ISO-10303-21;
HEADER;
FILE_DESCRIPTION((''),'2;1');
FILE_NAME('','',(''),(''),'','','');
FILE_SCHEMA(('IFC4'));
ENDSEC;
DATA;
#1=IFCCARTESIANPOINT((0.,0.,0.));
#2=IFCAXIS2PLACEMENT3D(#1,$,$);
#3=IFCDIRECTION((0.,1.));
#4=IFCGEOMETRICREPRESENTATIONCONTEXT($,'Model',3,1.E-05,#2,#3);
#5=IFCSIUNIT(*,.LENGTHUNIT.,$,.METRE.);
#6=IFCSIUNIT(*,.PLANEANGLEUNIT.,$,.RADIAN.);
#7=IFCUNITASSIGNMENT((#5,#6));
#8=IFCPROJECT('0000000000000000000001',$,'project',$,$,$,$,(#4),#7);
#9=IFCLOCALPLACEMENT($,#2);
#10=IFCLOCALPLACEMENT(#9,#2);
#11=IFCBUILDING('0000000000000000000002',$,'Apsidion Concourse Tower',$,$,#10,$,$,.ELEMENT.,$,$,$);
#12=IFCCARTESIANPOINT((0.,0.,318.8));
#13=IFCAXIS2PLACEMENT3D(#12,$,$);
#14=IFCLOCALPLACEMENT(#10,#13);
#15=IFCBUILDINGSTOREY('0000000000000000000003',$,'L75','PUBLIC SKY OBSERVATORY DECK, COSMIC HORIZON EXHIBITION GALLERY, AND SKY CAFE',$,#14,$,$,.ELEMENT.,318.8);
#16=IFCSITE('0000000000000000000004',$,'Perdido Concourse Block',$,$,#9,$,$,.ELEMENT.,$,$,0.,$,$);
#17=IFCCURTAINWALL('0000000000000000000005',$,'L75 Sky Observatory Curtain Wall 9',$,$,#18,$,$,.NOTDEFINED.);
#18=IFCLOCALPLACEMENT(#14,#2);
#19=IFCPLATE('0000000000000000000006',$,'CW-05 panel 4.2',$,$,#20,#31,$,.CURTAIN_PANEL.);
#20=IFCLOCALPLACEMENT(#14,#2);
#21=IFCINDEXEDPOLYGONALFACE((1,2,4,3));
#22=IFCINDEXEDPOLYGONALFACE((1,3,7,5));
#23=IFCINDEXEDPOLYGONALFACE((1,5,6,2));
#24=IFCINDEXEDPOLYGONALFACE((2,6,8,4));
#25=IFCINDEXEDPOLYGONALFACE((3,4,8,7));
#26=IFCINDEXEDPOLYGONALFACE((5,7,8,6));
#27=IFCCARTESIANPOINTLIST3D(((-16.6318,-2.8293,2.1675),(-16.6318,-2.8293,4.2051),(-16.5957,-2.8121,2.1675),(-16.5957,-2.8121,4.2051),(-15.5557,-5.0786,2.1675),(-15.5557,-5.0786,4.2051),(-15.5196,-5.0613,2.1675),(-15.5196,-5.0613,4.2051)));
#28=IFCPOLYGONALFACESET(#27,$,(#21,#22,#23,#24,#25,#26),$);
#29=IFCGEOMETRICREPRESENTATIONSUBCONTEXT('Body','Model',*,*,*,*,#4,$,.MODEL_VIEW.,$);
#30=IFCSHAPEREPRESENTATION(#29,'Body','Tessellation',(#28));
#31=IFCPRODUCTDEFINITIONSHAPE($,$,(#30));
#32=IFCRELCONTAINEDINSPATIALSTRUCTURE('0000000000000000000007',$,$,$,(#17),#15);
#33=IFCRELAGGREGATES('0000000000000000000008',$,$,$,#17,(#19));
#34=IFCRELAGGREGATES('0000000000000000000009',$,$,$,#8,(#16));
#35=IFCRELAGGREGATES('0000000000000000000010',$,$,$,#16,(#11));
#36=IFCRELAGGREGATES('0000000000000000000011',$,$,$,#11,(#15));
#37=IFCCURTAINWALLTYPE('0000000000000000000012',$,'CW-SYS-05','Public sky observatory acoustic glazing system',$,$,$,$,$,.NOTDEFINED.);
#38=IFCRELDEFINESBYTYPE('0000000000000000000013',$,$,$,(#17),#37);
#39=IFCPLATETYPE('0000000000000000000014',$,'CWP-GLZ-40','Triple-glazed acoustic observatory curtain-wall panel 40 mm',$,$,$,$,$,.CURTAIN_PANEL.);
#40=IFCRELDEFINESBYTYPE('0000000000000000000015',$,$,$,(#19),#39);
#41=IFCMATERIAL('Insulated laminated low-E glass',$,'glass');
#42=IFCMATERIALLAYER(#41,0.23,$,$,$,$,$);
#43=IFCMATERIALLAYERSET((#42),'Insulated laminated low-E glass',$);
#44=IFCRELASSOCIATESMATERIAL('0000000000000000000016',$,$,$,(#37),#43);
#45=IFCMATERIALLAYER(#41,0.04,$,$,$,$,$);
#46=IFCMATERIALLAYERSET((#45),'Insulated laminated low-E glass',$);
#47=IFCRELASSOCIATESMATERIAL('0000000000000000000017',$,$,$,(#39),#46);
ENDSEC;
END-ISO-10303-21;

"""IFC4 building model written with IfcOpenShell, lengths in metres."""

from ifc_helpers import new_model, si_unit, direction, frame, origin, origin_2d, place, context, subcontext, project, spatial, rectangle, extrude, material, layer, layer_set, type_object, element, aggregate, save


model = new_model("IFC4")

# Units and contexts
model_context = context("Model", 3, precision=1e-05, world=origin(), true_north=direction((0.0, 1.0)))
body_context = subcontext(model_context, "Body", "Model", "MODEL_VIEW")
ifc_project = project(units=[si_unit("LENGTHUNIT", "METRE"), si_unit("PLANEANGLEUNIT", "RADIAN")], contexts=[model_context])

# Site, building, storey
site_placement = place(None, origin())
site = spatial("IfcSite", under=ifc_project, at=site_placement, Name="Perdido Concourse Block", CompositionType="ELEMENT", RefElevation=0.0)
building_placement = place(site_placement, origin())
building = spatial("IfcBuilding", under=site, at=building_placement, Name="Apsidion Concourse Tower", CompositionType="ELEMENT")
storey_placement = place(building_placement, frame((0.0, 0.0, 318.8)))
storey = spatial("IfcBuildingStorey", under=building, at=storey_placement, Name="L75", Description="PUBLIC SKY OBSERVATORY DECK, COSMIC HORIZON EXHIBITION GALLERY, AND SKY CAFE", CompositionType="ELEMENT", Elevation=318.8)

# Curtain wall, plate
ifc_material_1 = material(Name="Insulated laminated low-E glass", Category="glass")
ifc_layer_1 = layer(ifc_material_1, 0.23)
ifc_layer_set_1 = layer_set([ifc_layer_1], Name="Insulated laminated low-E glass")
curtain_wall_type = type_object("IfcCurtainWallType", Name="CW-SYS-05", Description="Public sky observatory acoustic glazing system", PredefinedType="NOTDEFINED", material=ifc_layer_set_1)
curtain_wall_placement = place(storey_placement, origin())
curtain_wall = element("IfcCurtainWall", 1, at=curtain_wall_placement, inside=storey, type_object=curtain_wall_type, Name="L75 Sky Observatory Curtain Wall 9", PredefinedType="NOTDEFINED")
ifc_layer_2 = layer(ifc_material_1, 0.04)
ifc_layer_set_2 = layer_set([ifc_layer_2], Name="Insulated laminated low-E glass")
plate_type = type_object("IfcPlateType", Name="CWP-GLZ-40", Description="Triple-glazed acoustic observatory curtain-wall panel 40 mm", PredefinedType="CURTAIN_PANEL", material=ifc_layer_set_2)
plate_1_placement = place(storey_placement, frame((-16.0757, -3.9453, 2.1675), z_axis=(0.0, 0.0, 1.0), x_axis=(-0.431595, 0.902068, 0.0)))
plate_1 = element("IfcPlate", 2, at=plate_1_placement, type_object=plate_type, Name="CW-05 panel 4.2", PredefinedType="CURTAIN_PANEL", context=body_context, shape_type="SweptSolid", body=[
    extrude(rectangle(XDim=2.4934, YDim=0.04, at=origin_2d()), origin(), (0.0, 0.0, 1.0), 2.0376),
])
aggregate(curtain_wall, [plate_1])

save(model, "model.ifc")
